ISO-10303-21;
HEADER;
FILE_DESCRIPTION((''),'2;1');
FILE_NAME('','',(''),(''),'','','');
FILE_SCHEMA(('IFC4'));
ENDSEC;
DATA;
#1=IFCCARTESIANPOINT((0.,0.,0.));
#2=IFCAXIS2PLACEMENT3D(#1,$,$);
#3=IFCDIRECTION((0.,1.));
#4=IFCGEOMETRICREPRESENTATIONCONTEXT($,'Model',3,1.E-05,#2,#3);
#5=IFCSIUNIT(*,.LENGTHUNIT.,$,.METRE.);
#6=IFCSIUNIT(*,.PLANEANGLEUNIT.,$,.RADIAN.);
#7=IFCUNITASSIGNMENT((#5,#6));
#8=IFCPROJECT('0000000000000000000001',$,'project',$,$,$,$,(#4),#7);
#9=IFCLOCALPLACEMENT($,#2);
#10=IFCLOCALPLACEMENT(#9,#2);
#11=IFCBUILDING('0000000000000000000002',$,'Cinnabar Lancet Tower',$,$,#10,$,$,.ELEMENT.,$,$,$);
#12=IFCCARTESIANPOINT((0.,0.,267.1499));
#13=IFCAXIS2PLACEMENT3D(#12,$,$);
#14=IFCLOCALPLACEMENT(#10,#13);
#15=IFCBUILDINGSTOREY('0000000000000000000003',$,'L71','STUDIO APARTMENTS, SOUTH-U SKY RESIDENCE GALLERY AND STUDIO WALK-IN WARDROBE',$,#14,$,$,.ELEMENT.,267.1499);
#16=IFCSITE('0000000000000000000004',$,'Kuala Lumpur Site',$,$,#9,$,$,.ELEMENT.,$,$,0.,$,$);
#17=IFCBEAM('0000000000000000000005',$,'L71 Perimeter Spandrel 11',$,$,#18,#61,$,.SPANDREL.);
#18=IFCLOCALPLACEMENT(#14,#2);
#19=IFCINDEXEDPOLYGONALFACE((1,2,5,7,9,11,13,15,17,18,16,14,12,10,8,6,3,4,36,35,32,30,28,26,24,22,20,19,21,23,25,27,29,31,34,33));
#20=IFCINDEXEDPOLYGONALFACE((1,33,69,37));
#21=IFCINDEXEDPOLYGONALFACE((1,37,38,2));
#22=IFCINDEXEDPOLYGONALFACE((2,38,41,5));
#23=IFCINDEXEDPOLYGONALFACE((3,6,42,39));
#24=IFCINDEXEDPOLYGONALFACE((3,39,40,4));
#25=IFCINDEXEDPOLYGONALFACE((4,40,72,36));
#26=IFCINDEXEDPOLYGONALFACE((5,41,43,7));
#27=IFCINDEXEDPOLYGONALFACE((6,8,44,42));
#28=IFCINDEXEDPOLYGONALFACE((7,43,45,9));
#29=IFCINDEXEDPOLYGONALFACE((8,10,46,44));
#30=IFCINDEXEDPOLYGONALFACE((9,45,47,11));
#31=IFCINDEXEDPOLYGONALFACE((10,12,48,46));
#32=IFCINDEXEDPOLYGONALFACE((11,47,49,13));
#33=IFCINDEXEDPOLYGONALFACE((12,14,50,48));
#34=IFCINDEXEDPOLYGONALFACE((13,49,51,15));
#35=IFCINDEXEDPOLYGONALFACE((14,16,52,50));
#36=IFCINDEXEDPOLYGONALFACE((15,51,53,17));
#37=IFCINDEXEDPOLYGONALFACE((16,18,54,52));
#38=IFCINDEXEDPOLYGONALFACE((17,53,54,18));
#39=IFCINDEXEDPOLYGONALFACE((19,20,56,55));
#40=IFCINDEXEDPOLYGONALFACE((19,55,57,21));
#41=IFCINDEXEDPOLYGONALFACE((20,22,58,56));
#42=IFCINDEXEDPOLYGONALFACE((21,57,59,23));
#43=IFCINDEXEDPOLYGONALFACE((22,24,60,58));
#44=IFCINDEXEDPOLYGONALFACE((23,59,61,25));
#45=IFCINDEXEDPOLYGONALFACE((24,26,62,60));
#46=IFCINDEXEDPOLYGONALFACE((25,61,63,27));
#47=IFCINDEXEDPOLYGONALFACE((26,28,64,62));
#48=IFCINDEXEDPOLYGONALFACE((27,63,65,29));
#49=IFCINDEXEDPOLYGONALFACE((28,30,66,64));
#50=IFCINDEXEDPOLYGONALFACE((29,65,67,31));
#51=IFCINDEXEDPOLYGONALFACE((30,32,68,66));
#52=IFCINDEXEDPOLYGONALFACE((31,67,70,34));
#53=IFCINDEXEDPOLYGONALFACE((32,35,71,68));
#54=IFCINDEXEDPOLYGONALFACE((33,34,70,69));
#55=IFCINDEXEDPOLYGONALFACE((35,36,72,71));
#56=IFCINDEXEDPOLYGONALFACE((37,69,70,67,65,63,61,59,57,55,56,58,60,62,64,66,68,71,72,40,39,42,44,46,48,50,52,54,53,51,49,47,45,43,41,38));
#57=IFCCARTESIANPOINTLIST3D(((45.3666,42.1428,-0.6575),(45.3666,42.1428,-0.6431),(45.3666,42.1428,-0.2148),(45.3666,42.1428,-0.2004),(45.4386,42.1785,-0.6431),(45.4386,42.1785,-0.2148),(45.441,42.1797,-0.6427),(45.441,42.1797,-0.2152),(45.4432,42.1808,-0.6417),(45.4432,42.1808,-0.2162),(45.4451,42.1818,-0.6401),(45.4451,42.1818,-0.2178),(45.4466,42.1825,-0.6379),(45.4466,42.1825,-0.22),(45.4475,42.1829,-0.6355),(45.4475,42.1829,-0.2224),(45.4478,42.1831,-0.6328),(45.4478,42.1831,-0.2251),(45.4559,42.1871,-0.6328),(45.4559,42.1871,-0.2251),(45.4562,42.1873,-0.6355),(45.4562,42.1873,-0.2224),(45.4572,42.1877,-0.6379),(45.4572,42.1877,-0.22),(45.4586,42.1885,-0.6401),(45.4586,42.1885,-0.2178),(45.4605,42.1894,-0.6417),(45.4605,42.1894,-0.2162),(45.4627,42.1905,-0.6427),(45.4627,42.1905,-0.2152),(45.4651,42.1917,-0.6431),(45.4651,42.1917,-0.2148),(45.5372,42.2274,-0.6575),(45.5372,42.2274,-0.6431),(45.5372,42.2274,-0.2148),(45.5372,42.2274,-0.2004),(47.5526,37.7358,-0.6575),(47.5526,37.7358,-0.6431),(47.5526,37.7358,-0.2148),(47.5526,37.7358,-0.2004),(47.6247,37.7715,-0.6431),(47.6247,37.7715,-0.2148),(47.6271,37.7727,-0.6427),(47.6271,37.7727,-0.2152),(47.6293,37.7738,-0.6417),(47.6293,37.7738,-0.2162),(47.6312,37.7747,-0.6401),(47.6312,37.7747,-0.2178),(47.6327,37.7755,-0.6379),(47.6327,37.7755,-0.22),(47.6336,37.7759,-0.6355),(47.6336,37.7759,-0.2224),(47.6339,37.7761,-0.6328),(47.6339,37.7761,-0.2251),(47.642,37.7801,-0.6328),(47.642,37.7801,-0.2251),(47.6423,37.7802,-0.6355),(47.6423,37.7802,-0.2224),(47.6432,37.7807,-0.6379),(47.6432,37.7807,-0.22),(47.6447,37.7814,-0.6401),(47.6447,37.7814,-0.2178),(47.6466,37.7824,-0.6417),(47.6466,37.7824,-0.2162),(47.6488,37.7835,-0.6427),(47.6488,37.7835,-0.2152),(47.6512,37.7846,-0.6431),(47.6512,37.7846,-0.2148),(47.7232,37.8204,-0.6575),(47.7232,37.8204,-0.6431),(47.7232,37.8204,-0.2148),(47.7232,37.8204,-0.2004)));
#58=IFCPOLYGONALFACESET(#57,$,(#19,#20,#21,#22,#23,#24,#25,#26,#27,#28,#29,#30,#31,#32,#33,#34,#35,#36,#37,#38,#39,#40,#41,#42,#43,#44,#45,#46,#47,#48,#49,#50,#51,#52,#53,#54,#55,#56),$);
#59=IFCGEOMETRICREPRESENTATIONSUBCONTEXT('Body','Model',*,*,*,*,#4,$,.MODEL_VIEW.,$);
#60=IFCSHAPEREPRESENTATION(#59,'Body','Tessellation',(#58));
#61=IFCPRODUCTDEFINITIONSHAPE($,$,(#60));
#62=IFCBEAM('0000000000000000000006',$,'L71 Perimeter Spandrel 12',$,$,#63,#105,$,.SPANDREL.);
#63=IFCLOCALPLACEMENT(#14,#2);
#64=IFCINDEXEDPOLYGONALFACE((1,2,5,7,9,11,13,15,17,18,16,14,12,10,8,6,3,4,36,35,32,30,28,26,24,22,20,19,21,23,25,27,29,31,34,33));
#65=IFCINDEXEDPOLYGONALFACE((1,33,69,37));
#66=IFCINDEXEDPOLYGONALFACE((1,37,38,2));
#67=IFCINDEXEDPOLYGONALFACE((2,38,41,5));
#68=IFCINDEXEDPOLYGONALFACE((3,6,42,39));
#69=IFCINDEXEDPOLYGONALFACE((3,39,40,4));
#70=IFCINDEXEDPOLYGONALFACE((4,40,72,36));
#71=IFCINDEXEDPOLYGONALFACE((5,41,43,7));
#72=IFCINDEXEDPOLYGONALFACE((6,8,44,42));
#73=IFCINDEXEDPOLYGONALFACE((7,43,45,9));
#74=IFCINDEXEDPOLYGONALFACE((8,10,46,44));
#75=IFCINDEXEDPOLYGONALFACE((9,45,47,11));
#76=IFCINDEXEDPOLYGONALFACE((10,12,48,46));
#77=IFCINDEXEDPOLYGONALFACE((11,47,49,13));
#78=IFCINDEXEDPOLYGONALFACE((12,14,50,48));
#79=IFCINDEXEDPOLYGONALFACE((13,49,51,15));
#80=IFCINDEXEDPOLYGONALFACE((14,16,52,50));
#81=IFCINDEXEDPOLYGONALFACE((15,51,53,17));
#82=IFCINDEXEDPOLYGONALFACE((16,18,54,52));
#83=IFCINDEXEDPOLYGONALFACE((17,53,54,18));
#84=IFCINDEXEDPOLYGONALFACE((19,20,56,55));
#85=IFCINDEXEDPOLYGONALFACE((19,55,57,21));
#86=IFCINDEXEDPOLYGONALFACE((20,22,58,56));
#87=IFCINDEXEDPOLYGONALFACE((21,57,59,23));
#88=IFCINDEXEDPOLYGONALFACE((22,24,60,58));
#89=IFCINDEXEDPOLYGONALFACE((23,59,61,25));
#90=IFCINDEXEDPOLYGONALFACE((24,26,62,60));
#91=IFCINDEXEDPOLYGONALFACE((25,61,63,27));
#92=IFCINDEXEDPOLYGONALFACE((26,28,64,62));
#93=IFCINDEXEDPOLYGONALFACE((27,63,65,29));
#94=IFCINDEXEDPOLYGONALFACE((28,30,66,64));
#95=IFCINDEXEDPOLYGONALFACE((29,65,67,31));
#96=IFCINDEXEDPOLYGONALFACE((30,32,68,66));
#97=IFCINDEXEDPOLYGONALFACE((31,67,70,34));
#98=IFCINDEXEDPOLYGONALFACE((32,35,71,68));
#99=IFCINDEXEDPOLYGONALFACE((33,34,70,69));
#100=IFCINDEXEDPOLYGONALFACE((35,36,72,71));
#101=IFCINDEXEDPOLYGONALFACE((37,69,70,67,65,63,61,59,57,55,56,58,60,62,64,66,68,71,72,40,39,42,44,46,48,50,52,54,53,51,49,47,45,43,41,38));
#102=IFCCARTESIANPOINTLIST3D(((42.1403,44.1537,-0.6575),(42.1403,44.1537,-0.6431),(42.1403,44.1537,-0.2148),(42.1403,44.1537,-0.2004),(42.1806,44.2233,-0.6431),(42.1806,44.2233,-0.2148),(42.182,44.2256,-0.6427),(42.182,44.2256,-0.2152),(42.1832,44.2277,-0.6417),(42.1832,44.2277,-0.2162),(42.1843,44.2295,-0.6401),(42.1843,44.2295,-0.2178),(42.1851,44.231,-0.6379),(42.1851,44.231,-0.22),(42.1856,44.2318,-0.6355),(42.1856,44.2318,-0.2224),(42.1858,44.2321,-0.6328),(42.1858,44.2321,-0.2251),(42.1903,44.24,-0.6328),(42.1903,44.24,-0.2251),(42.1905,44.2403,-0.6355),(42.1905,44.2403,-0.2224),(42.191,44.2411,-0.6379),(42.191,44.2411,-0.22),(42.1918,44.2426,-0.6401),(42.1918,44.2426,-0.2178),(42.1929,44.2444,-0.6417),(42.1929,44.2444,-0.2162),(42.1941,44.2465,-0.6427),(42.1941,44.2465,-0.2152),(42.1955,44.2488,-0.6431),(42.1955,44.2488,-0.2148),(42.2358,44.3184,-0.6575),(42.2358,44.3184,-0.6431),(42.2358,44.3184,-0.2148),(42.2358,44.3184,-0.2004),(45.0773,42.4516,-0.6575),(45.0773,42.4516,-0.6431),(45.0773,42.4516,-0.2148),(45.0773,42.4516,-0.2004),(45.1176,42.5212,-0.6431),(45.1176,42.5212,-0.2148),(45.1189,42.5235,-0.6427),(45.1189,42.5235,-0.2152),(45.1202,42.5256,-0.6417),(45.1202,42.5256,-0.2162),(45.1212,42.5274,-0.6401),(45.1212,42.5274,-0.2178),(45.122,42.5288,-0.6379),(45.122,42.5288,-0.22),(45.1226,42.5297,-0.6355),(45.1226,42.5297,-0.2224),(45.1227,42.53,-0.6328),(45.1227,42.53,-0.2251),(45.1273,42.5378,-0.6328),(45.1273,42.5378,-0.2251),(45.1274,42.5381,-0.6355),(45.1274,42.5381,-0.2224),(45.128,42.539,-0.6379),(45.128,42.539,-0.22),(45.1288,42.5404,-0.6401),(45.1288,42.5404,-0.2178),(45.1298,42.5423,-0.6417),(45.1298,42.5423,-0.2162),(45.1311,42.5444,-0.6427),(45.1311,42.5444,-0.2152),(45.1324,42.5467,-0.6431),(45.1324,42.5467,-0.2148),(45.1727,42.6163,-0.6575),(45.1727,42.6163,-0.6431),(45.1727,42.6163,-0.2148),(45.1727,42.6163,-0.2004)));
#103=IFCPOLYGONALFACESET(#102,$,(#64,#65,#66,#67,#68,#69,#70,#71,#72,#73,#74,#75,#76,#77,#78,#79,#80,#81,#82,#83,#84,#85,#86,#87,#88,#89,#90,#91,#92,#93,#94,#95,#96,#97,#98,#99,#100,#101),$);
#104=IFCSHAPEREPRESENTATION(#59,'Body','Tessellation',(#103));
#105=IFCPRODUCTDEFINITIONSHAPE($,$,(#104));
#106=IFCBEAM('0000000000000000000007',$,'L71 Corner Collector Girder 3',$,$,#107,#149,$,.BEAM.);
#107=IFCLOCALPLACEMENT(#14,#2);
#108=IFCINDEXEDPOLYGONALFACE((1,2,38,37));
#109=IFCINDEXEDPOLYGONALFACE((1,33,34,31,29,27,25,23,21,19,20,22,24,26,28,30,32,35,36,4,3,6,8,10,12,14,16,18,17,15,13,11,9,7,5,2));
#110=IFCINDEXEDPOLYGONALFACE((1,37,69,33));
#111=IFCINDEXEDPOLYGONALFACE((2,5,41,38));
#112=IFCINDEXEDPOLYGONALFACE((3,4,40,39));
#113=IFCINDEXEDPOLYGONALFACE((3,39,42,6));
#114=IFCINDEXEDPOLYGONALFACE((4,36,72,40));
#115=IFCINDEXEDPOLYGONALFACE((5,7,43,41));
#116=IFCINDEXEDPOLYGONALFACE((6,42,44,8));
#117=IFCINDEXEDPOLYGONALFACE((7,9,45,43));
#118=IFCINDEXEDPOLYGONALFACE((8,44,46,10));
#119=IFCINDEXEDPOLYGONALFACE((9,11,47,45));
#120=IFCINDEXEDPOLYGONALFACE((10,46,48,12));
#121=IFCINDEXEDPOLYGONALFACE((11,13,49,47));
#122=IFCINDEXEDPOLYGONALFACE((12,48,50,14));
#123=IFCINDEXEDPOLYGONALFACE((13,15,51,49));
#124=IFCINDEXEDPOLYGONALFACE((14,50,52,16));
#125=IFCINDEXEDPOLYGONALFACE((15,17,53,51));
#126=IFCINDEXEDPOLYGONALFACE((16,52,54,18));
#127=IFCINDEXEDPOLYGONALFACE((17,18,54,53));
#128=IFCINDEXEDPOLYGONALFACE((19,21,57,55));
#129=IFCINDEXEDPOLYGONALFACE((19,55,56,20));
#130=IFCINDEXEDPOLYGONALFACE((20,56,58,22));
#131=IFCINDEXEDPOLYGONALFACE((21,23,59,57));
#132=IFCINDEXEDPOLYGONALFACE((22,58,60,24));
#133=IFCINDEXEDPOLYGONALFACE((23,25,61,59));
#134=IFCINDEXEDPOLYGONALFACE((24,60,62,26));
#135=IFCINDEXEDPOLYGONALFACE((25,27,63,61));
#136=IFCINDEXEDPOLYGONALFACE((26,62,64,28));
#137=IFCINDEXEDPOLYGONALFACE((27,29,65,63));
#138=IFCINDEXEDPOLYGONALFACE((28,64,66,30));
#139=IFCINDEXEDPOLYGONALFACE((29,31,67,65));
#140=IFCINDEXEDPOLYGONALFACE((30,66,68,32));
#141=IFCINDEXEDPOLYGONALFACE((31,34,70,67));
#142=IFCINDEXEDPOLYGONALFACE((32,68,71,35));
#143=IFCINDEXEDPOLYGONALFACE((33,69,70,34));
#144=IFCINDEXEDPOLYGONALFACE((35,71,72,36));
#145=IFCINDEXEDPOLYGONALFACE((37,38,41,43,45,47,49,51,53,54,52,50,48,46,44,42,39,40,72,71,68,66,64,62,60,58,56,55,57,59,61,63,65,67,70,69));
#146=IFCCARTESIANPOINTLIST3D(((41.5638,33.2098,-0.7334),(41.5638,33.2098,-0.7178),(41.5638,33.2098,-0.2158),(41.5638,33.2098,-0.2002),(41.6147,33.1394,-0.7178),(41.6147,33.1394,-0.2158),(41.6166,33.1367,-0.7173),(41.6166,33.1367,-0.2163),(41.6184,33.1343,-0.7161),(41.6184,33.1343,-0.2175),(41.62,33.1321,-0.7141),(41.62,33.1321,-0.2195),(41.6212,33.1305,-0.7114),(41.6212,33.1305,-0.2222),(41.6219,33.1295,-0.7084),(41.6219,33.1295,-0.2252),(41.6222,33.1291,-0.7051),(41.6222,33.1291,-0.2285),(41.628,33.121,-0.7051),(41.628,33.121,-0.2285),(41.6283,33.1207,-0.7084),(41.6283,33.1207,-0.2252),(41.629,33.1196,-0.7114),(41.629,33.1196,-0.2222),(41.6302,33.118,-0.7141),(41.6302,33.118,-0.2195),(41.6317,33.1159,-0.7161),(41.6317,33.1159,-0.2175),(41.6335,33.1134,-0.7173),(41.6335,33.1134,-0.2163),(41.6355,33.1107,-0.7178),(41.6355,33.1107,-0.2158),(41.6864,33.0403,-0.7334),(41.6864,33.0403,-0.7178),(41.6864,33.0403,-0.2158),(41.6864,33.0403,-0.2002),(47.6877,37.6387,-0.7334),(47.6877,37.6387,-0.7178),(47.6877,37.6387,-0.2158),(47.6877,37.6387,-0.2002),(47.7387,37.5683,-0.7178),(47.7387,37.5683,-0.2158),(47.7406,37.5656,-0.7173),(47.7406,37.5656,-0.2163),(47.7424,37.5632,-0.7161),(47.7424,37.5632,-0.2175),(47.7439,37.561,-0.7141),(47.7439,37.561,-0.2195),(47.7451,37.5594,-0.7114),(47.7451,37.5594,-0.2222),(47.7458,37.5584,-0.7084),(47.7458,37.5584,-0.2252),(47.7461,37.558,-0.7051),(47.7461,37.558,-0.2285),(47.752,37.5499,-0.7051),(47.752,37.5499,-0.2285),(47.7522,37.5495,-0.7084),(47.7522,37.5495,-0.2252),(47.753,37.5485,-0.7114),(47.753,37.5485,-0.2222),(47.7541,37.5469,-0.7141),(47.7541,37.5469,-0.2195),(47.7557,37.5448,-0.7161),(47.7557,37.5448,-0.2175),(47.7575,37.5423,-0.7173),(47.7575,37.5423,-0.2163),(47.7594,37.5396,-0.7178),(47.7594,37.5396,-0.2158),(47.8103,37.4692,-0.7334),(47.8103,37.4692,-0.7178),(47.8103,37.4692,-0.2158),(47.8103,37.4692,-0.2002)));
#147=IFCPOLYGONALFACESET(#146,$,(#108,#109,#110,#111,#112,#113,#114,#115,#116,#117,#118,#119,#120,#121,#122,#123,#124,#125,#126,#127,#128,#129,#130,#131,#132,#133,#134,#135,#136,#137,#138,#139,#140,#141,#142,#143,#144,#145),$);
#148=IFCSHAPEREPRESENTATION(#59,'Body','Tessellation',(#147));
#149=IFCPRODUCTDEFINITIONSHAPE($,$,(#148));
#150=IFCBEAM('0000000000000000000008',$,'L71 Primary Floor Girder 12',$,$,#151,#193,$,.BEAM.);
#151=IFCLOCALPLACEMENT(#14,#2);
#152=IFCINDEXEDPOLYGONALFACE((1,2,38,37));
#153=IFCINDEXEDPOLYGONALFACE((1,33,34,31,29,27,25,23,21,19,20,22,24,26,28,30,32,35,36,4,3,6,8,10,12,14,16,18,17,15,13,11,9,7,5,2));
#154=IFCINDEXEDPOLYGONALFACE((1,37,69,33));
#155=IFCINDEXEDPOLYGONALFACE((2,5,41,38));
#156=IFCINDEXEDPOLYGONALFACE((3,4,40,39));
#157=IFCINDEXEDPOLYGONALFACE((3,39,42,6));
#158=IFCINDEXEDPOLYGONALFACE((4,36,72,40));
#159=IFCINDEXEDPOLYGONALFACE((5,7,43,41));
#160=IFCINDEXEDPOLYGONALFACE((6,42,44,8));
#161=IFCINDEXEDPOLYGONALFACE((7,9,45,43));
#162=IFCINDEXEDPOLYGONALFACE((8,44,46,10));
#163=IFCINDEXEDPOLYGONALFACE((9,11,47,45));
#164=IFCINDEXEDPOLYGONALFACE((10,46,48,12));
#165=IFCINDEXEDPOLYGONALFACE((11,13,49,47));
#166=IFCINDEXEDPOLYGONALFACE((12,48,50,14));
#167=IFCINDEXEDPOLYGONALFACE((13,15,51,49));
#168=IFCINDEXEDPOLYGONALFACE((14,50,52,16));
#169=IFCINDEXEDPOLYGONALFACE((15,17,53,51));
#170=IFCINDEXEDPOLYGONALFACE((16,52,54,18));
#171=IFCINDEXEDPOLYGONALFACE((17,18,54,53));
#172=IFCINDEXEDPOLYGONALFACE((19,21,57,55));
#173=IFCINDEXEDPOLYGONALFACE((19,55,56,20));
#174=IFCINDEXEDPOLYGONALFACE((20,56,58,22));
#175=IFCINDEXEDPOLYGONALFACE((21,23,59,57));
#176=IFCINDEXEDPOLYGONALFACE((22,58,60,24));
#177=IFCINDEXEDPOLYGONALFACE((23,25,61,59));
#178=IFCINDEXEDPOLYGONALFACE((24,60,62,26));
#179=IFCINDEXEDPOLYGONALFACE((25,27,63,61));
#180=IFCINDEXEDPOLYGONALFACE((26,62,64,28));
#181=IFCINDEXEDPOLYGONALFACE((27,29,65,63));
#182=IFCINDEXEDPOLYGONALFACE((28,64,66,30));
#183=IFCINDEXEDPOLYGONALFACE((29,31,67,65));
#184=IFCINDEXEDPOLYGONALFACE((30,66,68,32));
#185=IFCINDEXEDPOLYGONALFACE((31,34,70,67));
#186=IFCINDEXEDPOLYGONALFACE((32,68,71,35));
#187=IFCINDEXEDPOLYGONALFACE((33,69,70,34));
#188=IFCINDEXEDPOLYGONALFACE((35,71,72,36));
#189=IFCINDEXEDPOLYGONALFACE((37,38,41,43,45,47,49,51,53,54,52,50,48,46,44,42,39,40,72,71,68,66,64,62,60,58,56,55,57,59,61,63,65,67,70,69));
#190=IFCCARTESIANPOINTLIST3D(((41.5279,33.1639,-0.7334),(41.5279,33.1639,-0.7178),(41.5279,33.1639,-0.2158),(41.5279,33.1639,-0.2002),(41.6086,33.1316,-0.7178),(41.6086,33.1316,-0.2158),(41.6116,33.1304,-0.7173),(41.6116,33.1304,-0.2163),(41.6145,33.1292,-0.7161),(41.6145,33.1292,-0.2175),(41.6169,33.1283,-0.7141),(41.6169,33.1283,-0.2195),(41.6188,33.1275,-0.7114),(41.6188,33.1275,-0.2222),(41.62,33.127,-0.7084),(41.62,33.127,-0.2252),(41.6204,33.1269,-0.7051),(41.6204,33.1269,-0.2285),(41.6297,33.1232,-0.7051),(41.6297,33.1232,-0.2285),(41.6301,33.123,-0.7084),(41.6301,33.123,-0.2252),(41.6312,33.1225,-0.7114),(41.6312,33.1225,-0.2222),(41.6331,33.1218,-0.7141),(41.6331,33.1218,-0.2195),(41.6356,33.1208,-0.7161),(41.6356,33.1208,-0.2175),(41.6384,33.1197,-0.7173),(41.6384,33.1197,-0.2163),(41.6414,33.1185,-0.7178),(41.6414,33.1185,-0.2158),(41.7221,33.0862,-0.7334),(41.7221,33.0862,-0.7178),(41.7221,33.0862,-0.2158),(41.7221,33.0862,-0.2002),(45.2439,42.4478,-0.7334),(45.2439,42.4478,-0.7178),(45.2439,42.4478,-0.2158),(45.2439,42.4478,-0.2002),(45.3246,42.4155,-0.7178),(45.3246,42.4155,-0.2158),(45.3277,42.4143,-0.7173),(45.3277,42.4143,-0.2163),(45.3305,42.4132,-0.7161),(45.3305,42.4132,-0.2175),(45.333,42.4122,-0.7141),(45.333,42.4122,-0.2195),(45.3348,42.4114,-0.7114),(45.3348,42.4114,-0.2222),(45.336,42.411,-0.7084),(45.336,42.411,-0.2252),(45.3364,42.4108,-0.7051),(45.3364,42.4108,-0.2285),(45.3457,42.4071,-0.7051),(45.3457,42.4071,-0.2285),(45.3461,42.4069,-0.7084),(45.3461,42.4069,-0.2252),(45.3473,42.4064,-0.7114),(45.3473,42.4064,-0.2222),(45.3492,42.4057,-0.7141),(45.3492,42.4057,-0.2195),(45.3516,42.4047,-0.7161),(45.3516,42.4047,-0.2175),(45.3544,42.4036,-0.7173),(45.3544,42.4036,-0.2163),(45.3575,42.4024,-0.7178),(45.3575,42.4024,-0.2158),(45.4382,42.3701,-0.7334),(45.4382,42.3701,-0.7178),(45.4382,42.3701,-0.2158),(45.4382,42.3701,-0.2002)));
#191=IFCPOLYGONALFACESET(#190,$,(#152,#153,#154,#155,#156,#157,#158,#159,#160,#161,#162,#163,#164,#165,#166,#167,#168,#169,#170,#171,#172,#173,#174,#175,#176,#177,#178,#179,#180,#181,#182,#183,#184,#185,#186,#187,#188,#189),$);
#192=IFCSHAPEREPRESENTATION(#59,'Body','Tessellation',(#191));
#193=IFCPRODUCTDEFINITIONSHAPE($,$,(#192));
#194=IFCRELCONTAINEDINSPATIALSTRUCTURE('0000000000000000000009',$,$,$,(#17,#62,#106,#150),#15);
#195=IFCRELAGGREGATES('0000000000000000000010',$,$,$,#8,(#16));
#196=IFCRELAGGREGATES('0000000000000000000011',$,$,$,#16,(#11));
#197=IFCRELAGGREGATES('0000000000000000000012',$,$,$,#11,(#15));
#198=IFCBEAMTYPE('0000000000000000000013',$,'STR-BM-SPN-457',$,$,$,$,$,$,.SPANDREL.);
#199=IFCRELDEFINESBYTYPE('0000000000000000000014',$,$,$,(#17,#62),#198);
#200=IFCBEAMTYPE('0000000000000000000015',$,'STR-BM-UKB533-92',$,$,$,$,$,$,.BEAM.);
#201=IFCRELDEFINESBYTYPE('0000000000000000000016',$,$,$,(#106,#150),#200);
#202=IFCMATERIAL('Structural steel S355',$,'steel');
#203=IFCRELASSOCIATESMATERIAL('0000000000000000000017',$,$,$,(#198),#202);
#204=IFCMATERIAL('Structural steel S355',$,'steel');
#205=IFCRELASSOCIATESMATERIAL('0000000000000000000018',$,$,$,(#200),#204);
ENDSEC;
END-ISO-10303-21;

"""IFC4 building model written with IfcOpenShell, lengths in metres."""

from ifc_helpers import new_model, si_unit, direction, frame, origin, origin_2d, place, context, subcontext, project, spatial, i_section, extrude, material, material_profile, profile_set, type_object, element, save


model = new_model("IFC4")

# Units and contexts
model_context = context("Model", 3, precision=1e-05, world=origin(), true_north=direction((0.0, 1.0)))
body_context = subcontext(model_context, "Body", "Model", "MODEL_VIEW")
ifc_project = project(units=[si_unit("LENGTHUNIT", "METRE"), si_unit("PLANEANGLEUNIT", "RADIAN")], contexts=[model_context])

# Site, building, storey
site_placement = place(None, origin())
site = spatial("IfcSite", under=ifc_project, at=site_placement, Name="Kuala Lumpur Site", CompositionType="ELEMENT", RefElevation=0.0)
building_placement = place(site_placement, origin())
building = spatial("IfcBuilding", under=site, at=building_placement, Name="Cinnabar Lancet Tower", CompositionType="ELEMENT")
storey_placement = place(building_placement, frame((0.0, 0.0, 267.1499)))
storey = spatial("IfcBuildingStorey", under=building, at=storey_placement, Name="L71", Description="STUDIO APARTMENTS, SOUTH-U SKY RESIDENCE GALLERY AND STUDIO WALK-IN WARDROBE", CompositionType="ELEMENT", Elevation=267.1499)

# Beams
ifc_material_1 = material(Name="Structural steel S355", Category="steel")
ifc_material_profile_1 = material_profile(ifc_material_1, i_section(OverallWidth=0.1904, OverallDepth=0.457, WebThickness=0.009, FlangeThickness=0.0144, FilletRadius=0.0103, at=origin_2d()), Name="UKB 457x191x74")
ifc_profile_set_1 = profile_set([ifc_material_profile_1], Name="Structural steel S355")
beam_type_1 = type_object("IfcBeamType", Name="STR-BM-SPN-457", PredefinedType="SPANDREL", material=ifc_profile_set_1)
beam_1_placement = place(storey_placement, frame((47.6379, 37.7781, -0.429), z_axis=(-0.444373, 0.895842, 0.0), x_axis=(-0.895842, -0.444373, 0.0)))
element("IfcBeam", 1, at=beam_1_placement, inside=storey, type_object=beam_type_1, Name="L71 Perimeter Spandrel 11", PredefinedType="SPANDREL", context=body_context, shape_type="SweptSolid", body=[
    extrude(i_section(OverallWidth=0.1904, OverallDepth=0.457, WebThickness=0.009, FlangeThickness=0.0144, FilletRadius=0.0103, at=origin_2d()), origin(), (0.0, 0.0, 1.0), 4.9194),
])
beam_2_placement = place(storey_placement, frame((45.125, 42.5339, -0.429), z_axis=(-0.8652, 0.501427, 0.0), x_axis=(-0.501427, -0.8652, 0.0)))
element("IfcBeam", 2, at=beam_2_placement, inside=storey, type_object=beam_type_1, Name="L71 Perimeter Spandrel 12", PredefinedType="SPANDREL", context=body_context, shape_type="SweptSolid", body=[
    extrude(i_section(OverallWidth=0.1904, OverallDepth=0.457, WebThickness=0.009, FlangeThickness=0.0144, FilletRadius=0.0103, at=origin_2d()), origin(), (0.0, 0.0, 1.0), 3.3945),
])
ifc_material_2 = material(Name="Structural steel S355", Category="steel")
ifc_material_profile_2 = material_profile(ifc_material_2, i_section(OverallWidth=0.2092, OverallDepth=0.5332, WebThickness=0.01, FlangeThickness=0.0156, FilletRadius=0.0127, at=origin_2d()), Name="UKB 533x210x92")
ifc_profile_set_2 = profile_set([ifc_material_profile_2], Name="Structural steel S355")
beam_type_2 = type_object("IfcBeamType", Name="STR-BM-UKB533-92", PredefinedType="BEAM", material=ifc_profile_set_2)
beam_3_placement = place(storey_placement, frame((47.749, 37.554, -0.4668), z_axis=(-0.810299, -0.586016, 0.0), x_axis=(0.586016, -0.810299, 0.0)))
element("IfcBeam", 3, at=beam_3_placement, inside=storey, type_object=beam_type_2, Name="L71 Corner Collector Girder 3", PredefinedType="BEAM", context=body_context, shape_type="SweptSolid", body=[
    extrude(i_section(OverallWidth=0.2092, OverallDepth=0.5332, WebThickness=0.01, FlangeThickness=0.0156, FilletRadius=0.0127, at=origin_2d()), origin(), (0.0, 0.0, 1.0), 7.5576),
])
beam_4_placement = place(storey_placement, frame((45.3411, 42.4089, -0.4668), z_axis=(-0.371605, -0.928391, 0.0), x_axis=(0.928391, -0.371605, 0.0)))
element("IfcBeam", 4, at=beam_4_placement, inside=storey, type_object=beam_type_2, Name="L71 Primary Floor Girder 12", PredefinedType="BEAM", context=body_context, shape_type="SweptSolid", body=[
    extrude(i_section(OverallWidth=0.2092, OverallDepth=0.5332, WebThickness=0.01, FlangeThickness=0.0156, FilletRadius=0.0127, at=origin_2d()), origin(), (0.0, 0.0, 1.0), 10.0),
])

save(model, "model.ifc")
